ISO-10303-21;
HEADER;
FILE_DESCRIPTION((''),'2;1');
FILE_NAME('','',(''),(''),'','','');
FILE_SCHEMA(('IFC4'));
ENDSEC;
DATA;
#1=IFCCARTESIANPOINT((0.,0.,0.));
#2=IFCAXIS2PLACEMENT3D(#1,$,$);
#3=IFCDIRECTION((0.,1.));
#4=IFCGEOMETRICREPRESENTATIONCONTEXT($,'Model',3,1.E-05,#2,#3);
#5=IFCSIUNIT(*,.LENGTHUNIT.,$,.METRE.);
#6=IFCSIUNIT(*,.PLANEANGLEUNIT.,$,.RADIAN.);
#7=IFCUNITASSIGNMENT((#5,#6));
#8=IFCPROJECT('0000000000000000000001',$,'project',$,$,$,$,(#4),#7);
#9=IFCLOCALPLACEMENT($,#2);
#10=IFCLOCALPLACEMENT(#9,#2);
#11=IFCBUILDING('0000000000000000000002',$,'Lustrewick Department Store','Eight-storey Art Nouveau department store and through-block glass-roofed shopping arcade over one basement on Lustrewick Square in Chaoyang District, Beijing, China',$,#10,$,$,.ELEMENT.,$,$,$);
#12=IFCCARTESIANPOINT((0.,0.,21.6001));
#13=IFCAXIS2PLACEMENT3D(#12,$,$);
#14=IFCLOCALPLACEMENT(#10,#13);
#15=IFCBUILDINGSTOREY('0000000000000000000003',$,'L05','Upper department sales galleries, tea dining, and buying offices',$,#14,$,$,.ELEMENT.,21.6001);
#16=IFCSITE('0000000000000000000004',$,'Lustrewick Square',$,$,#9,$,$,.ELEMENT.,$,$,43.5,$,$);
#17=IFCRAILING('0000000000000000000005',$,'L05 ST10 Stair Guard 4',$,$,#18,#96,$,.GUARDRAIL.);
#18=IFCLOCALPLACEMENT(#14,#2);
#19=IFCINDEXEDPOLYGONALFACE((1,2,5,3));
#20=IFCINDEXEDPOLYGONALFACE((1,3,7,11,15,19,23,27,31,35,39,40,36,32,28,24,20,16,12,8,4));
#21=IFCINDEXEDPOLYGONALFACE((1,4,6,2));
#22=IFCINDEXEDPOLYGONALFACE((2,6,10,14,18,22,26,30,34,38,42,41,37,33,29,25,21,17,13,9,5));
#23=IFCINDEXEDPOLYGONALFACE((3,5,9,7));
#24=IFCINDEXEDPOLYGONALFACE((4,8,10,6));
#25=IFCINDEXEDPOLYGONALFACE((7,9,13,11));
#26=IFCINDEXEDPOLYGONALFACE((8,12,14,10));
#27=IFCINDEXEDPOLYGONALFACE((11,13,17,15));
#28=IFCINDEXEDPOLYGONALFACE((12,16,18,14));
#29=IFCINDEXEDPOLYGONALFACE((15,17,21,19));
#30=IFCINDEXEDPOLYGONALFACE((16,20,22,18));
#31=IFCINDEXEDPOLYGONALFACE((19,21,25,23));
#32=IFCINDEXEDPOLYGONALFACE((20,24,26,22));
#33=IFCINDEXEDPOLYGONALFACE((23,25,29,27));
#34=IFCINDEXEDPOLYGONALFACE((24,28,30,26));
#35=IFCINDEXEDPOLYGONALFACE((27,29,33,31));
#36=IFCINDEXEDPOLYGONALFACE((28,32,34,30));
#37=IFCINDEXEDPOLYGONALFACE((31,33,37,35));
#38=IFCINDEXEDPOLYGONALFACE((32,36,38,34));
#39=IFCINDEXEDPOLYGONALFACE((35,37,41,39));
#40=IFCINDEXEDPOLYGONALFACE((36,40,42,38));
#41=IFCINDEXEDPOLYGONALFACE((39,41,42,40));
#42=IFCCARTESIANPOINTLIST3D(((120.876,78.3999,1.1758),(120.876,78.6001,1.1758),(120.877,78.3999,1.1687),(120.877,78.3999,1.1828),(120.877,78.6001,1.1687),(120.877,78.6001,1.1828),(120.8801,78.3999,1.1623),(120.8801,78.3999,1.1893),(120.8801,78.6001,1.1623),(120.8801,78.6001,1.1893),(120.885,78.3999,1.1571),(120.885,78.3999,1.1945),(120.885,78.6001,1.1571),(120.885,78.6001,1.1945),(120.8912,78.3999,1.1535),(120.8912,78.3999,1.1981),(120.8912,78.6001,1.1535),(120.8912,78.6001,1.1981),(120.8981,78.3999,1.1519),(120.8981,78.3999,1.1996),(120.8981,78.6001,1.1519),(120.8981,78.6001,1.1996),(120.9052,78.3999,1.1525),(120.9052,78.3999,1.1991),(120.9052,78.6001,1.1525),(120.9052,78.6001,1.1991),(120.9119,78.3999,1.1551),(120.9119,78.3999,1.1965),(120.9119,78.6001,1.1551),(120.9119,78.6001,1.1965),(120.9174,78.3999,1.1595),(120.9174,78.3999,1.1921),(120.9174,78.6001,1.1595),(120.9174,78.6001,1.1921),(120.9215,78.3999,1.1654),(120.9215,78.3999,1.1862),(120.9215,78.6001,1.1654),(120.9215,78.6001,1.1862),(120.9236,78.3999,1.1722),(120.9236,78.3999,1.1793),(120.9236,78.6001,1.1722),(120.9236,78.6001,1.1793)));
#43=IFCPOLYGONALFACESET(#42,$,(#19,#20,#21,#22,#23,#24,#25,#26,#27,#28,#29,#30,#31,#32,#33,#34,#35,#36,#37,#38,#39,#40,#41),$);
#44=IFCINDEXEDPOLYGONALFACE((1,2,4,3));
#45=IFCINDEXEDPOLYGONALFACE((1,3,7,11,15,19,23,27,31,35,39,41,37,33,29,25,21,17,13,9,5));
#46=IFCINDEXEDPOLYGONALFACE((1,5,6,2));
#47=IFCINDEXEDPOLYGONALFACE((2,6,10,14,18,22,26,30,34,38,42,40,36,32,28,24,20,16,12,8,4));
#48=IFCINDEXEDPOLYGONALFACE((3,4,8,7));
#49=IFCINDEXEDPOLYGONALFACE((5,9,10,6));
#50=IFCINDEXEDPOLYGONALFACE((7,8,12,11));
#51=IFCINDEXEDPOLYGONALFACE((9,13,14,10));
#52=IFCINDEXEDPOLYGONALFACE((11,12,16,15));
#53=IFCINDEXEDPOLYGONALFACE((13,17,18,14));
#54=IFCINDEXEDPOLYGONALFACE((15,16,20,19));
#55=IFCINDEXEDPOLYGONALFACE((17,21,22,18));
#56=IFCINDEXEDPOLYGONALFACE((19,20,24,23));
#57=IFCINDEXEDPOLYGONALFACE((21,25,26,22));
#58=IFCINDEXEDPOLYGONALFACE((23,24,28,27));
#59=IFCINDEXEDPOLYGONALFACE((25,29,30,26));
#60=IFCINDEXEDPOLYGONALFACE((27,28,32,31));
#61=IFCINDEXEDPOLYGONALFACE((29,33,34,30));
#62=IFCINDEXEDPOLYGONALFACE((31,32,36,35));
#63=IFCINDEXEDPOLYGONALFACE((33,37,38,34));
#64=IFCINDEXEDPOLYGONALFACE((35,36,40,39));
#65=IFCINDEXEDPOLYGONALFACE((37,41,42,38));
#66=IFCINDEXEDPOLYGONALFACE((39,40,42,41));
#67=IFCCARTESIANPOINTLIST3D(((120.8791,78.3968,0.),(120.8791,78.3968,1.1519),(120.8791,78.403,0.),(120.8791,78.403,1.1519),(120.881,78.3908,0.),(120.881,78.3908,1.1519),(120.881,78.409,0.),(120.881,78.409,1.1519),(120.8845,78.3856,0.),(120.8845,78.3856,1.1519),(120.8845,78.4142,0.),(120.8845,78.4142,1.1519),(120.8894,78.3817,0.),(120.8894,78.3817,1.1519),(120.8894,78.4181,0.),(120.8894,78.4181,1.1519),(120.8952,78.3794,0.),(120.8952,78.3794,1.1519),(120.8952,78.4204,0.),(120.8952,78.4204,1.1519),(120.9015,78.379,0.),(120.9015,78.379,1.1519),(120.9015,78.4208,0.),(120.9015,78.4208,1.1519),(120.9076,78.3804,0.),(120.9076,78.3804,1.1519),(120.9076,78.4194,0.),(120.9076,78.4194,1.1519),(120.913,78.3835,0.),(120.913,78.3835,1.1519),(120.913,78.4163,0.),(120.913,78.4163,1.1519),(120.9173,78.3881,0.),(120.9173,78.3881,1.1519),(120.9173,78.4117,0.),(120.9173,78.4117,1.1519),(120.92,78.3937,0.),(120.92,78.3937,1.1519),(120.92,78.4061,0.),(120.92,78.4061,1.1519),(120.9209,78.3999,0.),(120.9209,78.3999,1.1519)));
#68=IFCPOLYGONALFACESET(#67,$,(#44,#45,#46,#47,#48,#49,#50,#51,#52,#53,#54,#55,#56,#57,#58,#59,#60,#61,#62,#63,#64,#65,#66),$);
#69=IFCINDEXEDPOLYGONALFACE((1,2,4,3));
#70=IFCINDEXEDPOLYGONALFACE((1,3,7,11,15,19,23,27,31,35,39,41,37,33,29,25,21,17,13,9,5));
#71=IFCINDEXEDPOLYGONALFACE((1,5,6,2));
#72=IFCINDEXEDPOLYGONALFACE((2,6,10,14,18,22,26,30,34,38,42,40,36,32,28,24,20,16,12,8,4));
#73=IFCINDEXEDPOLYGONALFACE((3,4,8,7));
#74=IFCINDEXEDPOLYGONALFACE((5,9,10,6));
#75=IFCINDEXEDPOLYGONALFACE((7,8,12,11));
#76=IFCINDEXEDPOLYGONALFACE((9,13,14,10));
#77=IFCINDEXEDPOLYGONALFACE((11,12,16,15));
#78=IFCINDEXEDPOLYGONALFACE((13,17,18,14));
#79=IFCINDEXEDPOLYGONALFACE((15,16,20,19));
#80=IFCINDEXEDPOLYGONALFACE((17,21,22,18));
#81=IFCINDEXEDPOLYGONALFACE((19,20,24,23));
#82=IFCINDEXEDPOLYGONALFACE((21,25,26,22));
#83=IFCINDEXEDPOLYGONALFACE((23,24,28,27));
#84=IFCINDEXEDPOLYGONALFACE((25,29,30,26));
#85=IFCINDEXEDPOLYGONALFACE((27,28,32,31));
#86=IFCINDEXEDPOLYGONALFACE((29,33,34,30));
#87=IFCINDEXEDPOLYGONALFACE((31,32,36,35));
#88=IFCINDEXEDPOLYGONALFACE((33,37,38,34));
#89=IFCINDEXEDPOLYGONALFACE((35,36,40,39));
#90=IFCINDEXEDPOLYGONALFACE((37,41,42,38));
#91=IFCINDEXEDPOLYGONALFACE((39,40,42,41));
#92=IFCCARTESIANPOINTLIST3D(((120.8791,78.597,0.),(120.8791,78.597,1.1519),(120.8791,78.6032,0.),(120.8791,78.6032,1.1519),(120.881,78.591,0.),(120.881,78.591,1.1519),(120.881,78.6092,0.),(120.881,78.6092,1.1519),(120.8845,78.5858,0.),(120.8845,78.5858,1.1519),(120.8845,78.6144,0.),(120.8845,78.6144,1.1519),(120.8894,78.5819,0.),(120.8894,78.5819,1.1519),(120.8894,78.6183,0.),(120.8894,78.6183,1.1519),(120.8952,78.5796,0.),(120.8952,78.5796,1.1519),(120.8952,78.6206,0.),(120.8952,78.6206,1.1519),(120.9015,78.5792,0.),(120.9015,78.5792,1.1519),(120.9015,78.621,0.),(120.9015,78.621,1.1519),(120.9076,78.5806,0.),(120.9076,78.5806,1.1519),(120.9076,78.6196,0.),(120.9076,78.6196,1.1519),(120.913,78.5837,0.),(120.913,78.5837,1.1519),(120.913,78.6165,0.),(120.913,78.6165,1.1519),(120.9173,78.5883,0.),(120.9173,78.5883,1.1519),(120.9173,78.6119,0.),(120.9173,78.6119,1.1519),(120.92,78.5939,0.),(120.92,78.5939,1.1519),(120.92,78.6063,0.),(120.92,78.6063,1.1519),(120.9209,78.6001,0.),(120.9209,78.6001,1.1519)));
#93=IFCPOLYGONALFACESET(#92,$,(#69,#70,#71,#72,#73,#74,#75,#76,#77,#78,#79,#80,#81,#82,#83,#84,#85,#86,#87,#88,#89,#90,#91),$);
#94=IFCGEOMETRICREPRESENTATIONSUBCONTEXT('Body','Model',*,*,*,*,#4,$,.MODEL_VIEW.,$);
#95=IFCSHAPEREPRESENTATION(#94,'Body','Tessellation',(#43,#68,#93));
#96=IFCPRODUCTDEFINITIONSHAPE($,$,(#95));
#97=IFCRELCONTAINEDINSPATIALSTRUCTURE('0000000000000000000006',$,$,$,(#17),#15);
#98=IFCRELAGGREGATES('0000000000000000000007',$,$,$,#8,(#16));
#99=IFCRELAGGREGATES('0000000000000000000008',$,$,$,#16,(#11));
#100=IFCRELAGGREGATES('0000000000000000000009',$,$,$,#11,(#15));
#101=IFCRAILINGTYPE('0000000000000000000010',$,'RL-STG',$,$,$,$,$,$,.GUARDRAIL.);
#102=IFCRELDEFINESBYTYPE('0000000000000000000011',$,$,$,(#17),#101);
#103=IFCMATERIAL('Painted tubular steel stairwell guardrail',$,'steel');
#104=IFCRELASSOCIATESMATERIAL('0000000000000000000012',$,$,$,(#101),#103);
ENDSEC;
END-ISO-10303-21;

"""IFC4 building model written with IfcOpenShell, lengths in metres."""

from ifc_helpers import new_model, si_unit, direction, frame, origin, origin_2d, place, context, subcontext, project, spatial, circle, extrude, material, type_object, element, save


model = new_model("IFC4")

# Units and contexts
model_context = context("Model", 3, precision=1e-05, world=origin(), true_north=direction((0.0, 1.0)))
body_context = subcontext(model_context, "Body", "Model", "MODEL_VIEW")
ifc_project = project(units=[si_unit("LENGTHUNIT", "METRE"), si_unit("PLANEANGLEUNIT", "RADIAN")], contexts=[model_context])

# Site, building, storey
site_placement = place(None, origin())
site = spatial("IfcSite", under=ifc_project, at=site_placement, Name="Lustrewick Square", CompositionType="ELEMENT", RefElevation=43.5)
building_placement = place(site_placement, origin())
building = spatial("IfcBuilding", under=site, at=building_placement, Name="Lustrewick Department Store", Description="Eight-storey Art Nouveau department store and through-block glass-roofed shopping arcade over one basement on Lustrewick Square in Chaoyang District, Beijing, China", CompositionType="ELEMENT")
storey_placement = place(building_placement, frame((0.0, 0.0, 21.6001)))
storey = spatial("IfcBuildingStorey", under=building, at=storey_placement, Name="L05", Description="Upper department sales galleries, tea dining, and buying offices", CompositionType="ELEMENT", Elevation=21.6001)

# Railing
ifc_material_1 = material(Name="Painted tubular steel stairwell guardrail", Category="steel")
railing_type_1 = type_object("IfcRailingType", Name="RL-STG", PredefinedType="GUARDRAIL", material=ifc_material_1)
railing_1_placement = place(storey_placement, frame((120.8999, 78.3999, 0.0)))
element("IfcRailing", 1, at=railing_1_placement, inside=storey, type_object=railing_type_1, Name="L05 ST10 Stair Guard 4", PredefinedType="GUARDRAIL", context=body_context, shape_type="SweptSolid", body=[
    extrude(circle(Radius=0.0239, at=origin_2d()), frame((0.0, 0.0, 1.1758), z_axis=(0.0, 1.0, 0.0), x_axis=(-1.0, 0.0, 0.0)), (0.0, 0.0, 1.0), 0.2002),
    extrude(circle(Radius=0.021, at=origin_2d()), origin(), (0.0, 0.0, 1.0), 1.1519),
    extrude(circle(Radius=0.021, at=origin_2d()), frame((0.0, 0.2002, 0.0)), (0.0, 0.0, 1.0), 1.1519),
])

save(model, "model.ifc")
